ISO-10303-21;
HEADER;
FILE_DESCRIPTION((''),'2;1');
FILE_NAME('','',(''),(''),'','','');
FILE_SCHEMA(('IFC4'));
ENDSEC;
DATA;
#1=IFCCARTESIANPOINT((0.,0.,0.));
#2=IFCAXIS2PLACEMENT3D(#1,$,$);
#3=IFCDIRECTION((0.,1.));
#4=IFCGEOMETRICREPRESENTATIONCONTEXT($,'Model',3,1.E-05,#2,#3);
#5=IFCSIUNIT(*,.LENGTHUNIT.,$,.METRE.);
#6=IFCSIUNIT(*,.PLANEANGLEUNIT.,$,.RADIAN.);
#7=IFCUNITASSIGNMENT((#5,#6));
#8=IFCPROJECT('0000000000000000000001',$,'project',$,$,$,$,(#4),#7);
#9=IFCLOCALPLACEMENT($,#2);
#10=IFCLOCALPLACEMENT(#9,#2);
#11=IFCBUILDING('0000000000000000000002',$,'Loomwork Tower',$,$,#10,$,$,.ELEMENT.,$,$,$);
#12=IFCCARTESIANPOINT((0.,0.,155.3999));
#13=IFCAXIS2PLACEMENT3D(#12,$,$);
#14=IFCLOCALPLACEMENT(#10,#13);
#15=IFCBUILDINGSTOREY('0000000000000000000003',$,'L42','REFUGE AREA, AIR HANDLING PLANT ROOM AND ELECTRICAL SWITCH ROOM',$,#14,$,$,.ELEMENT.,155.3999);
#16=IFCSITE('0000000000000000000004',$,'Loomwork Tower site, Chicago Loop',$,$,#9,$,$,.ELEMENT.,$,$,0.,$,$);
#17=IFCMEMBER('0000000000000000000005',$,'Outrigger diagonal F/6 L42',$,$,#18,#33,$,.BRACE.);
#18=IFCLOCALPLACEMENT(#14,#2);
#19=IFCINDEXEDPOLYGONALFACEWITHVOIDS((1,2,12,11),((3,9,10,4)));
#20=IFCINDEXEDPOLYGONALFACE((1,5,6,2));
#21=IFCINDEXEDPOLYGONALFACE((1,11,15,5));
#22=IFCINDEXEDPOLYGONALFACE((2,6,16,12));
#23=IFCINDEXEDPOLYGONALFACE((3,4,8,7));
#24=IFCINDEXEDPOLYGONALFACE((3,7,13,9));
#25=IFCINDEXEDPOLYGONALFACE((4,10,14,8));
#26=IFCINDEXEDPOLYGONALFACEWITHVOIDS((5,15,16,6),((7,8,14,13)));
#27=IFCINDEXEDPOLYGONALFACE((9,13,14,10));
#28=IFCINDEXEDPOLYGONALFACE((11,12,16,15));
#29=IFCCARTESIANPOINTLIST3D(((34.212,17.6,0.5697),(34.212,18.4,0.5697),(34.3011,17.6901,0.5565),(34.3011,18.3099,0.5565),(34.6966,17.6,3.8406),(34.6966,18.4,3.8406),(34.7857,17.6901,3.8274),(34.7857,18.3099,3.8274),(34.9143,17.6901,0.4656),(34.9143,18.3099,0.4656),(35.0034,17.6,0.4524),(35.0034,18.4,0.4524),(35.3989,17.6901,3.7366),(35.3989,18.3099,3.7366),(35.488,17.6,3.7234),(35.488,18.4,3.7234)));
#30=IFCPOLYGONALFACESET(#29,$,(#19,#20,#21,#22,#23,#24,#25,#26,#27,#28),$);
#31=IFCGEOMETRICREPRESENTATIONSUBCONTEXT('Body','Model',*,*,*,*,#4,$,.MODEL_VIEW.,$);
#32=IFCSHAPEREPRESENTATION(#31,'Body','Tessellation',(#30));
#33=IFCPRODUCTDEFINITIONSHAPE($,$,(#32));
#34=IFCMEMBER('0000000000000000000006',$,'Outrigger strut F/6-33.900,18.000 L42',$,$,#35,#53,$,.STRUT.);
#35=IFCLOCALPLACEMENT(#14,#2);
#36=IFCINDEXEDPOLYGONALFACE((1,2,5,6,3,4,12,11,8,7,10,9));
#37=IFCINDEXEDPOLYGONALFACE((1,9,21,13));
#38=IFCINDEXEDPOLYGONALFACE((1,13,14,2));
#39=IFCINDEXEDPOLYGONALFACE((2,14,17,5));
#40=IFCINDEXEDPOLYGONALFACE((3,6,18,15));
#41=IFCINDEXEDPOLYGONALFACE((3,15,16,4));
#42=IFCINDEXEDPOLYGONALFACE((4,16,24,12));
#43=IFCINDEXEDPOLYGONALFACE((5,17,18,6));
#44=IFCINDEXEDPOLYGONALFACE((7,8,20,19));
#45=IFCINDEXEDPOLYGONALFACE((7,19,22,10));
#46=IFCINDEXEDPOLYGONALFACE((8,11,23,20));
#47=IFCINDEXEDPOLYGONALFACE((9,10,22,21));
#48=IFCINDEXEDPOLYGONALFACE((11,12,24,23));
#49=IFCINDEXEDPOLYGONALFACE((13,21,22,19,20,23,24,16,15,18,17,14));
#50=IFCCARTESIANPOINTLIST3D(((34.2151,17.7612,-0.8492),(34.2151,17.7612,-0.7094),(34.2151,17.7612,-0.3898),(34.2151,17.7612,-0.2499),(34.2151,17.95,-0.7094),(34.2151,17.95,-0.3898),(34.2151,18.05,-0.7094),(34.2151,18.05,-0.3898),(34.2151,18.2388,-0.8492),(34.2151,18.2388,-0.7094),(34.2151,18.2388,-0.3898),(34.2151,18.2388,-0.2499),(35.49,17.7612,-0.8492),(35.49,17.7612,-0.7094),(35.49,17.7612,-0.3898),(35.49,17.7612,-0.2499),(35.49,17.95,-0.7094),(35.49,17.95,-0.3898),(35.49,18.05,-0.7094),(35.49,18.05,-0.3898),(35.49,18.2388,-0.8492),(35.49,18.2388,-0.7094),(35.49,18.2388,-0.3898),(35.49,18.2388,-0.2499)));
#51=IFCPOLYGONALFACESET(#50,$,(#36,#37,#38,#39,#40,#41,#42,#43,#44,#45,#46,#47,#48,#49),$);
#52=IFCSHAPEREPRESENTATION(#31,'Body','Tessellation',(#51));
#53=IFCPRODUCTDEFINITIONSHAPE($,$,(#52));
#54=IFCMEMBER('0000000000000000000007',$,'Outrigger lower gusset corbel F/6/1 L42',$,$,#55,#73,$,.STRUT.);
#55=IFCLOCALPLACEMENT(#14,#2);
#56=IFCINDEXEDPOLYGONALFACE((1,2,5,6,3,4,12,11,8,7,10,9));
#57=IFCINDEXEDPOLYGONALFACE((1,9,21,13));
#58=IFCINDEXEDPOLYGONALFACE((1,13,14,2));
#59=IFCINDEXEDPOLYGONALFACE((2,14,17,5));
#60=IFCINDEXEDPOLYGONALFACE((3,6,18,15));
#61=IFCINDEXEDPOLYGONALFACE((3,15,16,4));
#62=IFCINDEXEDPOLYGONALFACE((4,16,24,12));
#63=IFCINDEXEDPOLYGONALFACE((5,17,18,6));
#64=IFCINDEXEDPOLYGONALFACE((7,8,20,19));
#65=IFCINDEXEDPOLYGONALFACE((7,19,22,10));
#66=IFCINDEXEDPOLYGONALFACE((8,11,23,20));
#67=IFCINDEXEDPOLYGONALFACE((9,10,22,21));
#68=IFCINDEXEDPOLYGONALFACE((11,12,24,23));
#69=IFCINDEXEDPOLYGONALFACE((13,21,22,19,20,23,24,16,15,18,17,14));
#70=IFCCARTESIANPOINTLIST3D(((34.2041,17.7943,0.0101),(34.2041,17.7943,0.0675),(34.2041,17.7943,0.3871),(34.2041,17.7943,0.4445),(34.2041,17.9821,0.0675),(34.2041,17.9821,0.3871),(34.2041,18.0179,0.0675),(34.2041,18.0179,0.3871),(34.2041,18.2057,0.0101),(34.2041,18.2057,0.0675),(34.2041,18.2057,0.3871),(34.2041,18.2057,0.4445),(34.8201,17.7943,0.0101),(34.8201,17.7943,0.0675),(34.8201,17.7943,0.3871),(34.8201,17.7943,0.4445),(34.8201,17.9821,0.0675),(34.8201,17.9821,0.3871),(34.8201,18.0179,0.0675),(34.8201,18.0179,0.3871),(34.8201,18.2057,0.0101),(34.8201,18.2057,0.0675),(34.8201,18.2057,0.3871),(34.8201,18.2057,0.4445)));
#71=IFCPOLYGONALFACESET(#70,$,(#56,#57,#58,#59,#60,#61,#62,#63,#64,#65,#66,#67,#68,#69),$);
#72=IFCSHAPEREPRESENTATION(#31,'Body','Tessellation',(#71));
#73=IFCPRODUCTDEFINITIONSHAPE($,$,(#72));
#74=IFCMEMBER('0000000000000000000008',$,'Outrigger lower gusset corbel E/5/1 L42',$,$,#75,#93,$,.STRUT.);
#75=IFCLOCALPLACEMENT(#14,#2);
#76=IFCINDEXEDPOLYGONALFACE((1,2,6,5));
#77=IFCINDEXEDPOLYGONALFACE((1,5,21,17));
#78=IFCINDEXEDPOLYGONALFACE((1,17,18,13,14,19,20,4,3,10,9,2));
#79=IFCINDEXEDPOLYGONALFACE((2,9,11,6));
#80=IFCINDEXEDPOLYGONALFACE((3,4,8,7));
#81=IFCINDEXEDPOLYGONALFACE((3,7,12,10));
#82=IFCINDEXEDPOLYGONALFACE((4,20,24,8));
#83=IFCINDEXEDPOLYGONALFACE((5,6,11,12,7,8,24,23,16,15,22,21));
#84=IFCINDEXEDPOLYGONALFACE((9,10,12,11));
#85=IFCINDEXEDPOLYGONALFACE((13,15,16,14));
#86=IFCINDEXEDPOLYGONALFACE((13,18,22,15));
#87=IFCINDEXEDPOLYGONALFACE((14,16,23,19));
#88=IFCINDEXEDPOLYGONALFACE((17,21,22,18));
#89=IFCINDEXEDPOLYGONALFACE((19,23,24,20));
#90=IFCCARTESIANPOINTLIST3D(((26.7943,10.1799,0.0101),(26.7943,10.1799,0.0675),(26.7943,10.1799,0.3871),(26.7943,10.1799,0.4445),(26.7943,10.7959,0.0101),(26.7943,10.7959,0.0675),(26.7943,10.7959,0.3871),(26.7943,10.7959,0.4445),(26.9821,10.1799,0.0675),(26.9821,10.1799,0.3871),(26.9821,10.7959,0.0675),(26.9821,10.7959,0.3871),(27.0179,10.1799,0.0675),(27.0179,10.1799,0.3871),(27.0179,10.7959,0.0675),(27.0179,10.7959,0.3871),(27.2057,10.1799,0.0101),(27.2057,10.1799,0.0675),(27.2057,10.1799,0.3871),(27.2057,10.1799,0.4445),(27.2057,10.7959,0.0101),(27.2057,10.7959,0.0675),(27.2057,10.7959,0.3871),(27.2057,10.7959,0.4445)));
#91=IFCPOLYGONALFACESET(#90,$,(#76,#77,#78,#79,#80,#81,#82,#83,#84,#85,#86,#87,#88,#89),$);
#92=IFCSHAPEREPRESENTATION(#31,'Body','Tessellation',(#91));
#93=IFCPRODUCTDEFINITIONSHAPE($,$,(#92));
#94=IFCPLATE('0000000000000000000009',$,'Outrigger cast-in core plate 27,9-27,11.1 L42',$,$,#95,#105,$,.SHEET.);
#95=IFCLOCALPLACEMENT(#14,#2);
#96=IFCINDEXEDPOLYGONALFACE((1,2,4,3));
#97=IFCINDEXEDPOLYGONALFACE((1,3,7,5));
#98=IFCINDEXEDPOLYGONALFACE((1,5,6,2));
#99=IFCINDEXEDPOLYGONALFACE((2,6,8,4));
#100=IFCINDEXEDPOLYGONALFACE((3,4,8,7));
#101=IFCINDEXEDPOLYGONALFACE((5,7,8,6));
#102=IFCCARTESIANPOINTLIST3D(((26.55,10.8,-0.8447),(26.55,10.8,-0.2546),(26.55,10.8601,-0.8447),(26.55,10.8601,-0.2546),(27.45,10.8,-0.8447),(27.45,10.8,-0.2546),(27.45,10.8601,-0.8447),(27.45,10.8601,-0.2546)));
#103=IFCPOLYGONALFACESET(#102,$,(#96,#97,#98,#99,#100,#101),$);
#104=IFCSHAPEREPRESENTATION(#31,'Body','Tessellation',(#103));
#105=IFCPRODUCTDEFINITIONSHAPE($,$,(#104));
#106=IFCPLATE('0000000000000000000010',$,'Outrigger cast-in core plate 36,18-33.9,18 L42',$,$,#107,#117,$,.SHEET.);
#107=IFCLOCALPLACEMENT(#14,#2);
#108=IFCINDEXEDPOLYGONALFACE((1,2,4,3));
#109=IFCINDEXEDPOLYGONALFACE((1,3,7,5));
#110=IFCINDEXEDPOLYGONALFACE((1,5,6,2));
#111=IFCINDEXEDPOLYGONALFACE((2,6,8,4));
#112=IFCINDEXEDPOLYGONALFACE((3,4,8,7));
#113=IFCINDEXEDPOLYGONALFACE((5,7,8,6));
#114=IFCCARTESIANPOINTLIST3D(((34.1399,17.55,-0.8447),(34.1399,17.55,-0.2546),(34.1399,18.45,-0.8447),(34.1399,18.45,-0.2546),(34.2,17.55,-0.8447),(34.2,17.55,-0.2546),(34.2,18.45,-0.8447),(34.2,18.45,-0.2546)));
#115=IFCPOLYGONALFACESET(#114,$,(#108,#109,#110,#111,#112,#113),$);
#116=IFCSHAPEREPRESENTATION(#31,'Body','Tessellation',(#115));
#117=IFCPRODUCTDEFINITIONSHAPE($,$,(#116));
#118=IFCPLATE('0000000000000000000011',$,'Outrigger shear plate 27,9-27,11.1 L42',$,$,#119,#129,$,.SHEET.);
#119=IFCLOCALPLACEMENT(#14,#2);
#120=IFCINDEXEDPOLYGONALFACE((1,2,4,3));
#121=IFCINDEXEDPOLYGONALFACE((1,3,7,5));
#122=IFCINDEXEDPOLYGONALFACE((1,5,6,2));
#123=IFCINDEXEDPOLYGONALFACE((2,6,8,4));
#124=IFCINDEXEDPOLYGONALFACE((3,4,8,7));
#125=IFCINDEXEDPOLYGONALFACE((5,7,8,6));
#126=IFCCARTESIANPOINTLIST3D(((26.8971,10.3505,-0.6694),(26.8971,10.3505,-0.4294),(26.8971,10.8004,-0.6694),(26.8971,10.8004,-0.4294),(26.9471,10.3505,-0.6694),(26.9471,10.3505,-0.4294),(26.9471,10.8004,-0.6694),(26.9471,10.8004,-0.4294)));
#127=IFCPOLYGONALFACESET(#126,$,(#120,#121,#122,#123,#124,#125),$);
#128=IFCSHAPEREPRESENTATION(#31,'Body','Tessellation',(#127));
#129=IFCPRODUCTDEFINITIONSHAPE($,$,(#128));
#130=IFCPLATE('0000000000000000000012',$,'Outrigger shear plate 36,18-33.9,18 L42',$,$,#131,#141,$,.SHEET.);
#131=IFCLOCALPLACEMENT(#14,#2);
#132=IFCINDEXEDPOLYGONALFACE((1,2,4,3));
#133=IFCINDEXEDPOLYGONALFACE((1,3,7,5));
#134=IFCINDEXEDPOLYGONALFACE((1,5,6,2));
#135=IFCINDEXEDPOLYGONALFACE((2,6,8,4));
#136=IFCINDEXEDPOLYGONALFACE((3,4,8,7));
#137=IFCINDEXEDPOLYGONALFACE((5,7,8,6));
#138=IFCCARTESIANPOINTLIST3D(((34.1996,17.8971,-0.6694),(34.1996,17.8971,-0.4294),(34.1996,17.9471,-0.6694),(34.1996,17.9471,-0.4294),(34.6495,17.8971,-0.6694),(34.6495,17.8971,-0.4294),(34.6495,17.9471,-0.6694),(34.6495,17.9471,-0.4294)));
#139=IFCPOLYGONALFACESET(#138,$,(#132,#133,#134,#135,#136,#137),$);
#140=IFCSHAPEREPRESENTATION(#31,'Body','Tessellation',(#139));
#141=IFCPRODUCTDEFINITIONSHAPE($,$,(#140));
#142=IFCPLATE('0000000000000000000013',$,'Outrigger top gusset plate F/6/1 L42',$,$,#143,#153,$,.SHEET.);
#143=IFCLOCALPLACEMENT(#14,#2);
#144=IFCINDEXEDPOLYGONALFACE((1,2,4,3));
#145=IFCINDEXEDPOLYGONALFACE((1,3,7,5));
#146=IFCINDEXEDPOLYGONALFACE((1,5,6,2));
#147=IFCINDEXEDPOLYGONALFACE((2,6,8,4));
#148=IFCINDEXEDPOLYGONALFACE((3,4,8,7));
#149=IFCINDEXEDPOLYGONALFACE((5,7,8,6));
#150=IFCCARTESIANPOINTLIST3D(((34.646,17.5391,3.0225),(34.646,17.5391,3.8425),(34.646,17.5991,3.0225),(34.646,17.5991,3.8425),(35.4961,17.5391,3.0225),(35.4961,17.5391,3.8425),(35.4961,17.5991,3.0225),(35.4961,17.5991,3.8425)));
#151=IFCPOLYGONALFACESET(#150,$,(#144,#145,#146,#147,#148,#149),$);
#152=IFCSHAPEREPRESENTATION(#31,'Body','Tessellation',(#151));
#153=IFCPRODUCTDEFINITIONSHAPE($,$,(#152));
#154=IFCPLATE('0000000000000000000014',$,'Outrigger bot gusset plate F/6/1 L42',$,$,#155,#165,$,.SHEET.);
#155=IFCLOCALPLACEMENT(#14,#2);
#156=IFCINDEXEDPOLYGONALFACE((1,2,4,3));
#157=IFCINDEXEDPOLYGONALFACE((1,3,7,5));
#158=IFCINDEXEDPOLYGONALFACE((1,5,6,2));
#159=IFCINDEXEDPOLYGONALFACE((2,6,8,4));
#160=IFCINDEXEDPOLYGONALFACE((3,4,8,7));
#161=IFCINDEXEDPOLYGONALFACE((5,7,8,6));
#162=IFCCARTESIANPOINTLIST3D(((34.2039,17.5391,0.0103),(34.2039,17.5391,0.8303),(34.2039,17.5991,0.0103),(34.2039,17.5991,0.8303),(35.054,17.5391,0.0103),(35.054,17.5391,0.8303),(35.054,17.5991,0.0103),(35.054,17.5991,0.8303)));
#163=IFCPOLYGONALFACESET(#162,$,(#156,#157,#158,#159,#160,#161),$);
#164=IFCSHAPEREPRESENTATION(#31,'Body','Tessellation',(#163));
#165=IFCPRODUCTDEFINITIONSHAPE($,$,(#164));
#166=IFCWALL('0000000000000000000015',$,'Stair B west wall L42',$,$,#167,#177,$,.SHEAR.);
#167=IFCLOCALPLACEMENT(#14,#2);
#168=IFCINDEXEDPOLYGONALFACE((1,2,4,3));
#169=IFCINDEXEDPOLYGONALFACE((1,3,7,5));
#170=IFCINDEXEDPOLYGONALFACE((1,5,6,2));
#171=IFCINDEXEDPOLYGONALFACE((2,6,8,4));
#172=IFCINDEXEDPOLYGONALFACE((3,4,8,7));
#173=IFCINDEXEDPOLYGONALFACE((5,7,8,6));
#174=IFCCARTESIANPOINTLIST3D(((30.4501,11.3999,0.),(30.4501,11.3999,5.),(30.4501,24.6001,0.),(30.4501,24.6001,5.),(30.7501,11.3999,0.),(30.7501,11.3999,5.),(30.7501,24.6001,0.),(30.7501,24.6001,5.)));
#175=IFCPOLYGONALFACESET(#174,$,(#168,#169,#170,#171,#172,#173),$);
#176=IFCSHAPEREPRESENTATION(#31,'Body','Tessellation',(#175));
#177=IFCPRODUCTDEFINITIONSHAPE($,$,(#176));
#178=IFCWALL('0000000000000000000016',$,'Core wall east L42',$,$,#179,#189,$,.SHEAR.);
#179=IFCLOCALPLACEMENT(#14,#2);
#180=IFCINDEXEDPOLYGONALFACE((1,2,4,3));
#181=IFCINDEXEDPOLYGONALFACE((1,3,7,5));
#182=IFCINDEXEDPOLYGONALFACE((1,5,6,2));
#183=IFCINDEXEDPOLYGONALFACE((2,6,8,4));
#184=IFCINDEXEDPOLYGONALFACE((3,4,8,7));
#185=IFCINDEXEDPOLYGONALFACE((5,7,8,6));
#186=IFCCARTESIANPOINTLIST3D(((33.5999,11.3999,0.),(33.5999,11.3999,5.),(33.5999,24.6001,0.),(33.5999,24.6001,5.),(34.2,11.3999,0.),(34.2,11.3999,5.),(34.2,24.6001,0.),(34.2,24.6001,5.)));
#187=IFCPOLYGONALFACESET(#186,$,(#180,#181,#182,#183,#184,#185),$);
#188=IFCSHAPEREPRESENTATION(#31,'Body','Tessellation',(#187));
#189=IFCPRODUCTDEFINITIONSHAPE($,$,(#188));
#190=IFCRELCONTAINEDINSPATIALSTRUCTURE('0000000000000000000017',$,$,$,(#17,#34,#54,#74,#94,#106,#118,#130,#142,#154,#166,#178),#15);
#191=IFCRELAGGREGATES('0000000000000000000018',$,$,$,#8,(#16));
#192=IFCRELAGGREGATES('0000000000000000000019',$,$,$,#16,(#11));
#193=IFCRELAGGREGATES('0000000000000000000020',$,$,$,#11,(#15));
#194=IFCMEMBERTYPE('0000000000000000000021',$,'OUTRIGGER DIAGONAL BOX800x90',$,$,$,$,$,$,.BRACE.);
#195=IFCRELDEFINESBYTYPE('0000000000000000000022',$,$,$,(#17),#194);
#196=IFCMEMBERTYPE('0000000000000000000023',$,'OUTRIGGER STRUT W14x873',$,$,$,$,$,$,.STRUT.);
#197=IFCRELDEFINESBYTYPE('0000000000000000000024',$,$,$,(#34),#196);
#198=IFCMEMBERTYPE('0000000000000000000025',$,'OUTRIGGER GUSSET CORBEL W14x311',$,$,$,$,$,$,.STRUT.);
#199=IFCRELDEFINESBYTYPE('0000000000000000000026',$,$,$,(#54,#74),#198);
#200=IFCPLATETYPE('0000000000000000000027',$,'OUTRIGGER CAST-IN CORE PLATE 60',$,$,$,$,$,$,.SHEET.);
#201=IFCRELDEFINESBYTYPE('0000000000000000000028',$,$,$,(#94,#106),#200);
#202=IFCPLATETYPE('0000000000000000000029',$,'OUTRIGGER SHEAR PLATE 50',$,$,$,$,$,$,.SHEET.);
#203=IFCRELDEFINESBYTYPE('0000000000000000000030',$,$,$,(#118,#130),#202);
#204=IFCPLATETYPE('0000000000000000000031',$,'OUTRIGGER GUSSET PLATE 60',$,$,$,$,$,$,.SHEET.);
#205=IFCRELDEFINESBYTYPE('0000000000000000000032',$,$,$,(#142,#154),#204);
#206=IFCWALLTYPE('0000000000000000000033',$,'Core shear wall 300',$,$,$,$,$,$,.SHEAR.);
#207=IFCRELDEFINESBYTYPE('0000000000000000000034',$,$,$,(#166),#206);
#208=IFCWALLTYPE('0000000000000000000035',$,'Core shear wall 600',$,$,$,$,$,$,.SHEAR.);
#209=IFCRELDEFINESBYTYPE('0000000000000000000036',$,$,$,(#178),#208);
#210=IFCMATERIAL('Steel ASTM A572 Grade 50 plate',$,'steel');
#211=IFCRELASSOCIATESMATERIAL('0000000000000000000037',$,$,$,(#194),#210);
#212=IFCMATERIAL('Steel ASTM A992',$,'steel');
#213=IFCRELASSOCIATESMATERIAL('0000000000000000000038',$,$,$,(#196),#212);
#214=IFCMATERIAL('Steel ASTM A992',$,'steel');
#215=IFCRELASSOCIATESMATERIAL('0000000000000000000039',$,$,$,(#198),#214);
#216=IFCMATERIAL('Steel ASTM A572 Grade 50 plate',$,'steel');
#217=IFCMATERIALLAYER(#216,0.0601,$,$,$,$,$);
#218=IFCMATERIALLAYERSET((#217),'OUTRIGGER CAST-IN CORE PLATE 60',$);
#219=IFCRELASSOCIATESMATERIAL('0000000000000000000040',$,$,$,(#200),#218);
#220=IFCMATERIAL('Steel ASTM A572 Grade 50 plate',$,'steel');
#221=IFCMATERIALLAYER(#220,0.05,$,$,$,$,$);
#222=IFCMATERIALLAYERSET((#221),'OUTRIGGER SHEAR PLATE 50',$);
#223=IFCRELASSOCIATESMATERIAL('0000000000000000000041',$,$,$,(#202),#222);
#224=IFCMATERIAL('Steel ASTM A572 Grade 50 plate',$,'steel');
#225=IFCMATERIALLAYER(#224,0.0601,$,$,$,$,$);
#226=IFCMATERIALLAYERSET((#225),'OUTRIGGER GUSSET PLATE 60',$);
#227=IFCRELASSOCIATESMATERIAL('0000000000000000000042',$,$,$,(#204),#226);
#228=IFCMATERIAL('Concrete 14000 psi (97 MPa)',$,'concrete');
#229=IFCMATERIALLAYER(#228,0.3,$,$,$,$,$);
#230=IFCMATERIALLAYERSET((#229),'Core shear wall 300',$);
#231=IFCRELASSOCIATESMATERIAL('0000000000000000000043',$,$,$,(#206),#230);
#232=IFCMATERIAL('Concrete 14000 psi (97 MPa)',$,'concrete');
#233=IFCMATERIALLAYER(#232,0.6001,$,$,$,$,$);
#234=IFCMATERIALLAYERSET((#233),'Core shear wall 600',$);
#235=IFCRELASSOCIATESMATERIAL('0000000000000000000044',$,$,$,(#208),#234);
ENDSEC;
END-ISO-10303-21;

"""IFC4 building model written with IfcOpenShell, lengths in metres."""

from ifc_helpers import new_model, si_unit, direction, frame, frame_2d, origin, origin_2d, place, context, subcontext, project, spatial, rectangle, hollow_rectangle, i_section, extrude, material, layer, layer_set, material_profile, profile_set, type_object, element, save


model = new_model("IFC4")

# Units and contexts
model_context = context("Model", 3, precision=1e-05, world=origin(), true_north=direction((0.0, 1.0)))
body_context = subcontext(model_context, "Body", "Model", "MODEL_VIEW")
ifc_project = project(units=[si_unit("LENGTHUNIT", "METRE"), si_unit("PLANEANGLEUNIT", "RADIAN")], contexts=[model_context])

# Site, building, storey
site_placement = place(None, origin())
site = spatial("IfcSite", under=ifc_project, at=site_placement, Name="Loomwork Tower site, Chicago Loop", CompositionType="ELEMENT", RefElevation=0.0)
building_placement = place(site_placement, origin())
building = spatial("IfcBuilding", under=site, at=building_placement, Name="Loomwork Tower", CompositionType="ELEMENT")
storey_placement = place(building_placement, frame((0.0, 0.0, 155.3999)))
storey = spatial("IfcBuildingStorey", under=building, at=storey_placement, Name="L42", Description="REFUGE AREA, AIR HANDLING PLANT ROOM AND ELECTRICAL SWITCH ROOM", CompositionType="ELEMENT", Elevation=155.3999)

# Members
ifc_material_1 = material(Name="Steel ASTM A572 Grade 50 plate", Category="steel")
ifc_material_profile_1 = material_profile(ifc_material_1, hollow_rectangle(XDim=0.8, YDim=0.8, WallThickness=0.0901, at=origin_2d()), Name="BOX800x90")
ifc_profile_set_1 = profile_set([ifc_material_profile_1], Name="Steel ASTM A572 Grade 50 plate")
member_type_1 = type_object("IfcMemberType", Name="OUTRIGGER DIAGONAL BOX800x90", PredefinedType="BRACE", material=ifc_profile_set_1)
member_1_placement = place(storey_placement, frame((35.0923, 18.0, 3.782), z_axis=(-0.146557, 0.0, -0.989202), x_axis=(0.0, -1.0, 0.0)))
element("IfcMember", 1, at=member_1_placement, inside=storey, type_object=member_type_1, Name="Outrigger diagonal F/6 L42", PredefinedType="BRACE", context=body_context, shape_type="SweptSolid", body=[
    extrude(hollow_rectangle(XDim=0.8, YDim=0.8, WallThickness=0.0901, at=origin_2d()), origin(), (0.0, 0.0, 1.0), 3.3066),
])
ifc_material_2 = material(Name="Steel ASTM A992", Category="steel")
ifc_material_profile_2 = material_profile(ifc_material_2, i_section(OverallWidth=0.4775, OverallDepth=0.5994, WebThickness=0.1001, FlangeThickness=0.1399, at=origin_2d()), Name="W14x873")
ifc_profile_set_2 = profile_set([ifc_material_profile_2], Name="Steel ASTM A992")
member_type_2 = type_object("IfcMemberType", Name="OUTRIGGER STRUT W14x873", PredefinedType="STRUT", material=ifc_profile_set_2)
member_2_placement = place(storey_placement, frame((35.49, 18.0, -0.5496), z_axis=(-1.0, 0.0, 0.0), x_axis=(0.0, -1.0, 0.0)))
element("IfcMember", 2, at=member_2_placement, inside=storey, type_object=member_type_2, Name="Outrigger strut F/6-33.900,18.000 L42", PredefinedType="STRUT", context=body_context, shape_type="SweptSolid", body=[
    extrude(i_section(OverallWidth=0.4775, OverallDepth=0.5994, WebThickness=0.1001, FlangeThickness=0.1399, at=origin_2d()), origin(), (0.0, 0.0, 1.0), 1.2749),
])
ifc_material_3 = material(Name="Steel ASTM A992", Category="steel")
ifc_material_profile_3 = material_profile(ifc_material_3, i_section(OverallWidth=0.4114, OverallDepth=0.4343, WebThickness=0.0359, FlangeThickness=0.0574, at=origin_2d()), Name="W14x311")
ifc_profile_set_3 = profile_set([ifc_material_profile_3], Name="Steel ASTM A992")
member_type_3 = type_object("IfcMemberType", Name="OUTRIGGER GUSSET CORBEL W14x311", PredefinedType="STRUT", material=ifc_profile_set_3)
for number, where, z_axis, x_axis, name in (
    (3, (34.2041, 18.0, 0.2273), (1.0, 0.0, 0.0), (0.0, 1.0, 0.0), "Outrigger lower gusset corbel F/6/1 L42"),
    (4, (27.0, 10.7959, 0.2273), (0.0, -1.0, 0.0), (1.0, 0.0, 0.0), "Outrigger lower gusset corbel E/5/1 L42"),
):
    element("IfcMember", number, at=place(storey_placement, frame(where, z_axis=z_axis, x_axis=x_axis)), inside=storey, type_object=member_type_3, Name=name, PredefinedType="STRUT", context=body_context, shape_type="SweptSolid", body=[
        extrude(i_section(OverallWidth=0.4114, OverallDepth=0.4343, WebThickness=0.0359, FlangeThickness=0.0574, at=origin_2d()), origin(), (0.0, 0.0, 1.0), 0.616),
    ])

# Plates
ifc_material_4 = material(Name="Steel ASTM A572 Grade 50 plate", Category="steel")
ifc_layer_1 = layer(ifc_material_4, 0.0601)
ifc_layer_set_1 = layer_set([ifc_layer_1], Name="OUTRIGGER CAST-IN CORE PLATE 60")
plate_type_1 = type_object("IfcPlateType", Name="OUTRIGGER CAST-IN CORE PLATE 60", PredefinedType="SHEET", material=ifc_layer_set_1)
for number, where, z_axis, x_axis, name in (
    (5, (27.0, 10.8301, -0.8447), (0.0, 0.0, 1.0), (1.0, 0.0, 0.0), "Outrigger cast-in core plate 27,9-27,11.1 L42"),
    (6, (34.1699, 18.0, -0.8447), (0.0, 0.0, 1.0), (0.0, 1.0, 0.0), "Outrigger cast-in core plate 36,18-33.9,18 L42"),
):
    element("IfcPlate", number, at=place(storey_placement, frame(where, z_axis=z_axis, x_axis=x_axis)), inside=storey, type_object=plate_type_1, Name=name, PredefinedType="SHEET", context=body_context, shape_type="SweptSolid", body=[
        extrude(rectangle(XDim=0.8999, YDim=0.0601, at=origin_2d()), origin(), (0.0, 0.0, 1.0), 0.5901),
    ])
ifc_material_5 = material(Name="Steel ASTM A572 Grade 50 plate", Category="steel")
ifc_layer_2 = layer(ifc_material_5, 0.05)
ifc_layer_set_2 = layer_set([ifc_layer_2], Name="OUTRIGGER SHEAR PLATE 50")
plate_type_2 = type_object("IfcPlateType", Name="OUTRIGGER SHEAR PLATE 50", PredefinedType="SHEET", material=ifc_layer_set_2)
for number, where, z_axis, x_axis, name in (
    (7, (26.9221, 10.5754, -0.6694), (0.0, 0.0, 1.0), (0.0, 1.0, 0.0), "Outrigger shear plate 27,9-27,11.1 L42"),
    (8, (34.4246, 17.9221, -0.6694), (0.0, 0.0, 1.0), (1.0, 0.0, 0.0), "Outrigger shear plate 36,18-33.9,18 L42"),
):
    element("IfcPlate", number, at=place(storey_placement, frame(where, z_axis=z_axis, x_axis=x_axis)), inside=storey, type_object=plate_type_2, Name=name, PredefinedType="SHEET", context=body_context, shape_type="SweptSolid", body=[
        extrude(rectangle(XDim=0.45, YDim=0.05, at=origin_2d()), origin(), (0.0, 0.0, 1.0), 0.24),
    ])
ifc_material_6 = material(Name="Steel ASTM A572 Grade 50 plate", Category="steel")
ifc_layer_3 = layer(ifc_material_6, 0.0601)
ifc_layer_set_3 = layer_set([ifc_layer_3], Name="OUTRIGGER GUSSET PLATE 60")
plate_type_3 = type_object("IfcPlateType", Name="OUTRIGGER GUSSET PLATE 60", PredefinedType="SHEET", material=ifc_layer_set_3)
for number, where, z_axis, x_axis, name in (
    (9, (35.071, 17.5691, 3.0225), (0.0, 0.0, 1.0), (1.0, 0.0, 0.0), "Outrigger top gusset plate F/6/1 L42"),
    (10, (34.6289, 17.5691, 0.0103), (0.0, 0.0, 1.0), (1.0, 0.0, 0.0), "Outrigger bot gusset plate F/6/1 L42"),
):
    element("IfcPlate", number, at=place(storey_placement, frame(where, z_axis=z_axis, x_axis=x_axis)), inside=storey, type_object=plate_type_3, Name=name, PredefinedType="SHEET", context=body_context, shape_type="SweptSolid", body=[
        extrude(rectangle(XDim=0.8501, YDim=0.0601, at=origin_2d()), origin(), (0.0, 0.0, 1.0), 0.8201),
    ])

# Walls
ifc_material_7 = material(Name="Concrete 14000 psi (97 MPa)", Category="concrete")
ifc_layer_4 = layer(ifc_material_7, 0.3)
ifc_layer_set_4 = layer_set([ifc_layer_4], Name="Core shear wall 300")
wall_type_1 = type_object("IfcWallType", Name="Core shear wall 300", PredefinedType="SHEAR", material=ifc_layer_set_4)
wall_1_placement = place(storey_placement, frame((30.6001, 11.3999, 0.0), z_axis=(0.0, 0.0, 1.0), x_axis=(0.0, 1.0, 0.0)))
element("IfcWall", 11, at=wall_1_placement, inside=storey, type_object=wall_type_1, Name="Stair B west wall L42", PredefinedType="SHEAR", context=body_context, shape_type="SweptSolid", body=[
    extrude(rectangle(XDim=13.2002, YDim=0.3, at=frame_2d((6.6001, 0.0))), origin(), (0.0, 0.0, 1.0), 5.0),
])
ifc_material_8 = material(Name="Concrete 14000 psi (97 MPa)", Category="concrete")
ifc_layer_5 = layer(ifc_material_8, 0.6001)
ifc_layer_set_5 = layer_set([ifc_layer_5], Name="Core shear wall 600")
wall_type_2 = type_object("IfcWallType", Name="Core shear wall 600", PredefinedType="SHEAR", material=ifc_layer_set_5)
wall_2_placement = place(storey_placement, frame((33.8999, 11.3999, 0.0), z_axis=(0.0, 0.0, 1.0), x_axis=(0.0, 1.0, 0.0)))
element("IfcWall", 12, at=wall_2_placement, inside=storey, type_object=wall_type_2, Name="Core wall east L42", PredefinedType="SHEAR", context=body_context, shape_type="SweptSolid", body=[
    extrude(rectangle(XDim=13.2002, YDim=0.6001, at=frame_2d((6.6001, 0.0))), origin(), (0.0, 0.0, 1.0), 5.0),
])

save(model, "model.ifc")
